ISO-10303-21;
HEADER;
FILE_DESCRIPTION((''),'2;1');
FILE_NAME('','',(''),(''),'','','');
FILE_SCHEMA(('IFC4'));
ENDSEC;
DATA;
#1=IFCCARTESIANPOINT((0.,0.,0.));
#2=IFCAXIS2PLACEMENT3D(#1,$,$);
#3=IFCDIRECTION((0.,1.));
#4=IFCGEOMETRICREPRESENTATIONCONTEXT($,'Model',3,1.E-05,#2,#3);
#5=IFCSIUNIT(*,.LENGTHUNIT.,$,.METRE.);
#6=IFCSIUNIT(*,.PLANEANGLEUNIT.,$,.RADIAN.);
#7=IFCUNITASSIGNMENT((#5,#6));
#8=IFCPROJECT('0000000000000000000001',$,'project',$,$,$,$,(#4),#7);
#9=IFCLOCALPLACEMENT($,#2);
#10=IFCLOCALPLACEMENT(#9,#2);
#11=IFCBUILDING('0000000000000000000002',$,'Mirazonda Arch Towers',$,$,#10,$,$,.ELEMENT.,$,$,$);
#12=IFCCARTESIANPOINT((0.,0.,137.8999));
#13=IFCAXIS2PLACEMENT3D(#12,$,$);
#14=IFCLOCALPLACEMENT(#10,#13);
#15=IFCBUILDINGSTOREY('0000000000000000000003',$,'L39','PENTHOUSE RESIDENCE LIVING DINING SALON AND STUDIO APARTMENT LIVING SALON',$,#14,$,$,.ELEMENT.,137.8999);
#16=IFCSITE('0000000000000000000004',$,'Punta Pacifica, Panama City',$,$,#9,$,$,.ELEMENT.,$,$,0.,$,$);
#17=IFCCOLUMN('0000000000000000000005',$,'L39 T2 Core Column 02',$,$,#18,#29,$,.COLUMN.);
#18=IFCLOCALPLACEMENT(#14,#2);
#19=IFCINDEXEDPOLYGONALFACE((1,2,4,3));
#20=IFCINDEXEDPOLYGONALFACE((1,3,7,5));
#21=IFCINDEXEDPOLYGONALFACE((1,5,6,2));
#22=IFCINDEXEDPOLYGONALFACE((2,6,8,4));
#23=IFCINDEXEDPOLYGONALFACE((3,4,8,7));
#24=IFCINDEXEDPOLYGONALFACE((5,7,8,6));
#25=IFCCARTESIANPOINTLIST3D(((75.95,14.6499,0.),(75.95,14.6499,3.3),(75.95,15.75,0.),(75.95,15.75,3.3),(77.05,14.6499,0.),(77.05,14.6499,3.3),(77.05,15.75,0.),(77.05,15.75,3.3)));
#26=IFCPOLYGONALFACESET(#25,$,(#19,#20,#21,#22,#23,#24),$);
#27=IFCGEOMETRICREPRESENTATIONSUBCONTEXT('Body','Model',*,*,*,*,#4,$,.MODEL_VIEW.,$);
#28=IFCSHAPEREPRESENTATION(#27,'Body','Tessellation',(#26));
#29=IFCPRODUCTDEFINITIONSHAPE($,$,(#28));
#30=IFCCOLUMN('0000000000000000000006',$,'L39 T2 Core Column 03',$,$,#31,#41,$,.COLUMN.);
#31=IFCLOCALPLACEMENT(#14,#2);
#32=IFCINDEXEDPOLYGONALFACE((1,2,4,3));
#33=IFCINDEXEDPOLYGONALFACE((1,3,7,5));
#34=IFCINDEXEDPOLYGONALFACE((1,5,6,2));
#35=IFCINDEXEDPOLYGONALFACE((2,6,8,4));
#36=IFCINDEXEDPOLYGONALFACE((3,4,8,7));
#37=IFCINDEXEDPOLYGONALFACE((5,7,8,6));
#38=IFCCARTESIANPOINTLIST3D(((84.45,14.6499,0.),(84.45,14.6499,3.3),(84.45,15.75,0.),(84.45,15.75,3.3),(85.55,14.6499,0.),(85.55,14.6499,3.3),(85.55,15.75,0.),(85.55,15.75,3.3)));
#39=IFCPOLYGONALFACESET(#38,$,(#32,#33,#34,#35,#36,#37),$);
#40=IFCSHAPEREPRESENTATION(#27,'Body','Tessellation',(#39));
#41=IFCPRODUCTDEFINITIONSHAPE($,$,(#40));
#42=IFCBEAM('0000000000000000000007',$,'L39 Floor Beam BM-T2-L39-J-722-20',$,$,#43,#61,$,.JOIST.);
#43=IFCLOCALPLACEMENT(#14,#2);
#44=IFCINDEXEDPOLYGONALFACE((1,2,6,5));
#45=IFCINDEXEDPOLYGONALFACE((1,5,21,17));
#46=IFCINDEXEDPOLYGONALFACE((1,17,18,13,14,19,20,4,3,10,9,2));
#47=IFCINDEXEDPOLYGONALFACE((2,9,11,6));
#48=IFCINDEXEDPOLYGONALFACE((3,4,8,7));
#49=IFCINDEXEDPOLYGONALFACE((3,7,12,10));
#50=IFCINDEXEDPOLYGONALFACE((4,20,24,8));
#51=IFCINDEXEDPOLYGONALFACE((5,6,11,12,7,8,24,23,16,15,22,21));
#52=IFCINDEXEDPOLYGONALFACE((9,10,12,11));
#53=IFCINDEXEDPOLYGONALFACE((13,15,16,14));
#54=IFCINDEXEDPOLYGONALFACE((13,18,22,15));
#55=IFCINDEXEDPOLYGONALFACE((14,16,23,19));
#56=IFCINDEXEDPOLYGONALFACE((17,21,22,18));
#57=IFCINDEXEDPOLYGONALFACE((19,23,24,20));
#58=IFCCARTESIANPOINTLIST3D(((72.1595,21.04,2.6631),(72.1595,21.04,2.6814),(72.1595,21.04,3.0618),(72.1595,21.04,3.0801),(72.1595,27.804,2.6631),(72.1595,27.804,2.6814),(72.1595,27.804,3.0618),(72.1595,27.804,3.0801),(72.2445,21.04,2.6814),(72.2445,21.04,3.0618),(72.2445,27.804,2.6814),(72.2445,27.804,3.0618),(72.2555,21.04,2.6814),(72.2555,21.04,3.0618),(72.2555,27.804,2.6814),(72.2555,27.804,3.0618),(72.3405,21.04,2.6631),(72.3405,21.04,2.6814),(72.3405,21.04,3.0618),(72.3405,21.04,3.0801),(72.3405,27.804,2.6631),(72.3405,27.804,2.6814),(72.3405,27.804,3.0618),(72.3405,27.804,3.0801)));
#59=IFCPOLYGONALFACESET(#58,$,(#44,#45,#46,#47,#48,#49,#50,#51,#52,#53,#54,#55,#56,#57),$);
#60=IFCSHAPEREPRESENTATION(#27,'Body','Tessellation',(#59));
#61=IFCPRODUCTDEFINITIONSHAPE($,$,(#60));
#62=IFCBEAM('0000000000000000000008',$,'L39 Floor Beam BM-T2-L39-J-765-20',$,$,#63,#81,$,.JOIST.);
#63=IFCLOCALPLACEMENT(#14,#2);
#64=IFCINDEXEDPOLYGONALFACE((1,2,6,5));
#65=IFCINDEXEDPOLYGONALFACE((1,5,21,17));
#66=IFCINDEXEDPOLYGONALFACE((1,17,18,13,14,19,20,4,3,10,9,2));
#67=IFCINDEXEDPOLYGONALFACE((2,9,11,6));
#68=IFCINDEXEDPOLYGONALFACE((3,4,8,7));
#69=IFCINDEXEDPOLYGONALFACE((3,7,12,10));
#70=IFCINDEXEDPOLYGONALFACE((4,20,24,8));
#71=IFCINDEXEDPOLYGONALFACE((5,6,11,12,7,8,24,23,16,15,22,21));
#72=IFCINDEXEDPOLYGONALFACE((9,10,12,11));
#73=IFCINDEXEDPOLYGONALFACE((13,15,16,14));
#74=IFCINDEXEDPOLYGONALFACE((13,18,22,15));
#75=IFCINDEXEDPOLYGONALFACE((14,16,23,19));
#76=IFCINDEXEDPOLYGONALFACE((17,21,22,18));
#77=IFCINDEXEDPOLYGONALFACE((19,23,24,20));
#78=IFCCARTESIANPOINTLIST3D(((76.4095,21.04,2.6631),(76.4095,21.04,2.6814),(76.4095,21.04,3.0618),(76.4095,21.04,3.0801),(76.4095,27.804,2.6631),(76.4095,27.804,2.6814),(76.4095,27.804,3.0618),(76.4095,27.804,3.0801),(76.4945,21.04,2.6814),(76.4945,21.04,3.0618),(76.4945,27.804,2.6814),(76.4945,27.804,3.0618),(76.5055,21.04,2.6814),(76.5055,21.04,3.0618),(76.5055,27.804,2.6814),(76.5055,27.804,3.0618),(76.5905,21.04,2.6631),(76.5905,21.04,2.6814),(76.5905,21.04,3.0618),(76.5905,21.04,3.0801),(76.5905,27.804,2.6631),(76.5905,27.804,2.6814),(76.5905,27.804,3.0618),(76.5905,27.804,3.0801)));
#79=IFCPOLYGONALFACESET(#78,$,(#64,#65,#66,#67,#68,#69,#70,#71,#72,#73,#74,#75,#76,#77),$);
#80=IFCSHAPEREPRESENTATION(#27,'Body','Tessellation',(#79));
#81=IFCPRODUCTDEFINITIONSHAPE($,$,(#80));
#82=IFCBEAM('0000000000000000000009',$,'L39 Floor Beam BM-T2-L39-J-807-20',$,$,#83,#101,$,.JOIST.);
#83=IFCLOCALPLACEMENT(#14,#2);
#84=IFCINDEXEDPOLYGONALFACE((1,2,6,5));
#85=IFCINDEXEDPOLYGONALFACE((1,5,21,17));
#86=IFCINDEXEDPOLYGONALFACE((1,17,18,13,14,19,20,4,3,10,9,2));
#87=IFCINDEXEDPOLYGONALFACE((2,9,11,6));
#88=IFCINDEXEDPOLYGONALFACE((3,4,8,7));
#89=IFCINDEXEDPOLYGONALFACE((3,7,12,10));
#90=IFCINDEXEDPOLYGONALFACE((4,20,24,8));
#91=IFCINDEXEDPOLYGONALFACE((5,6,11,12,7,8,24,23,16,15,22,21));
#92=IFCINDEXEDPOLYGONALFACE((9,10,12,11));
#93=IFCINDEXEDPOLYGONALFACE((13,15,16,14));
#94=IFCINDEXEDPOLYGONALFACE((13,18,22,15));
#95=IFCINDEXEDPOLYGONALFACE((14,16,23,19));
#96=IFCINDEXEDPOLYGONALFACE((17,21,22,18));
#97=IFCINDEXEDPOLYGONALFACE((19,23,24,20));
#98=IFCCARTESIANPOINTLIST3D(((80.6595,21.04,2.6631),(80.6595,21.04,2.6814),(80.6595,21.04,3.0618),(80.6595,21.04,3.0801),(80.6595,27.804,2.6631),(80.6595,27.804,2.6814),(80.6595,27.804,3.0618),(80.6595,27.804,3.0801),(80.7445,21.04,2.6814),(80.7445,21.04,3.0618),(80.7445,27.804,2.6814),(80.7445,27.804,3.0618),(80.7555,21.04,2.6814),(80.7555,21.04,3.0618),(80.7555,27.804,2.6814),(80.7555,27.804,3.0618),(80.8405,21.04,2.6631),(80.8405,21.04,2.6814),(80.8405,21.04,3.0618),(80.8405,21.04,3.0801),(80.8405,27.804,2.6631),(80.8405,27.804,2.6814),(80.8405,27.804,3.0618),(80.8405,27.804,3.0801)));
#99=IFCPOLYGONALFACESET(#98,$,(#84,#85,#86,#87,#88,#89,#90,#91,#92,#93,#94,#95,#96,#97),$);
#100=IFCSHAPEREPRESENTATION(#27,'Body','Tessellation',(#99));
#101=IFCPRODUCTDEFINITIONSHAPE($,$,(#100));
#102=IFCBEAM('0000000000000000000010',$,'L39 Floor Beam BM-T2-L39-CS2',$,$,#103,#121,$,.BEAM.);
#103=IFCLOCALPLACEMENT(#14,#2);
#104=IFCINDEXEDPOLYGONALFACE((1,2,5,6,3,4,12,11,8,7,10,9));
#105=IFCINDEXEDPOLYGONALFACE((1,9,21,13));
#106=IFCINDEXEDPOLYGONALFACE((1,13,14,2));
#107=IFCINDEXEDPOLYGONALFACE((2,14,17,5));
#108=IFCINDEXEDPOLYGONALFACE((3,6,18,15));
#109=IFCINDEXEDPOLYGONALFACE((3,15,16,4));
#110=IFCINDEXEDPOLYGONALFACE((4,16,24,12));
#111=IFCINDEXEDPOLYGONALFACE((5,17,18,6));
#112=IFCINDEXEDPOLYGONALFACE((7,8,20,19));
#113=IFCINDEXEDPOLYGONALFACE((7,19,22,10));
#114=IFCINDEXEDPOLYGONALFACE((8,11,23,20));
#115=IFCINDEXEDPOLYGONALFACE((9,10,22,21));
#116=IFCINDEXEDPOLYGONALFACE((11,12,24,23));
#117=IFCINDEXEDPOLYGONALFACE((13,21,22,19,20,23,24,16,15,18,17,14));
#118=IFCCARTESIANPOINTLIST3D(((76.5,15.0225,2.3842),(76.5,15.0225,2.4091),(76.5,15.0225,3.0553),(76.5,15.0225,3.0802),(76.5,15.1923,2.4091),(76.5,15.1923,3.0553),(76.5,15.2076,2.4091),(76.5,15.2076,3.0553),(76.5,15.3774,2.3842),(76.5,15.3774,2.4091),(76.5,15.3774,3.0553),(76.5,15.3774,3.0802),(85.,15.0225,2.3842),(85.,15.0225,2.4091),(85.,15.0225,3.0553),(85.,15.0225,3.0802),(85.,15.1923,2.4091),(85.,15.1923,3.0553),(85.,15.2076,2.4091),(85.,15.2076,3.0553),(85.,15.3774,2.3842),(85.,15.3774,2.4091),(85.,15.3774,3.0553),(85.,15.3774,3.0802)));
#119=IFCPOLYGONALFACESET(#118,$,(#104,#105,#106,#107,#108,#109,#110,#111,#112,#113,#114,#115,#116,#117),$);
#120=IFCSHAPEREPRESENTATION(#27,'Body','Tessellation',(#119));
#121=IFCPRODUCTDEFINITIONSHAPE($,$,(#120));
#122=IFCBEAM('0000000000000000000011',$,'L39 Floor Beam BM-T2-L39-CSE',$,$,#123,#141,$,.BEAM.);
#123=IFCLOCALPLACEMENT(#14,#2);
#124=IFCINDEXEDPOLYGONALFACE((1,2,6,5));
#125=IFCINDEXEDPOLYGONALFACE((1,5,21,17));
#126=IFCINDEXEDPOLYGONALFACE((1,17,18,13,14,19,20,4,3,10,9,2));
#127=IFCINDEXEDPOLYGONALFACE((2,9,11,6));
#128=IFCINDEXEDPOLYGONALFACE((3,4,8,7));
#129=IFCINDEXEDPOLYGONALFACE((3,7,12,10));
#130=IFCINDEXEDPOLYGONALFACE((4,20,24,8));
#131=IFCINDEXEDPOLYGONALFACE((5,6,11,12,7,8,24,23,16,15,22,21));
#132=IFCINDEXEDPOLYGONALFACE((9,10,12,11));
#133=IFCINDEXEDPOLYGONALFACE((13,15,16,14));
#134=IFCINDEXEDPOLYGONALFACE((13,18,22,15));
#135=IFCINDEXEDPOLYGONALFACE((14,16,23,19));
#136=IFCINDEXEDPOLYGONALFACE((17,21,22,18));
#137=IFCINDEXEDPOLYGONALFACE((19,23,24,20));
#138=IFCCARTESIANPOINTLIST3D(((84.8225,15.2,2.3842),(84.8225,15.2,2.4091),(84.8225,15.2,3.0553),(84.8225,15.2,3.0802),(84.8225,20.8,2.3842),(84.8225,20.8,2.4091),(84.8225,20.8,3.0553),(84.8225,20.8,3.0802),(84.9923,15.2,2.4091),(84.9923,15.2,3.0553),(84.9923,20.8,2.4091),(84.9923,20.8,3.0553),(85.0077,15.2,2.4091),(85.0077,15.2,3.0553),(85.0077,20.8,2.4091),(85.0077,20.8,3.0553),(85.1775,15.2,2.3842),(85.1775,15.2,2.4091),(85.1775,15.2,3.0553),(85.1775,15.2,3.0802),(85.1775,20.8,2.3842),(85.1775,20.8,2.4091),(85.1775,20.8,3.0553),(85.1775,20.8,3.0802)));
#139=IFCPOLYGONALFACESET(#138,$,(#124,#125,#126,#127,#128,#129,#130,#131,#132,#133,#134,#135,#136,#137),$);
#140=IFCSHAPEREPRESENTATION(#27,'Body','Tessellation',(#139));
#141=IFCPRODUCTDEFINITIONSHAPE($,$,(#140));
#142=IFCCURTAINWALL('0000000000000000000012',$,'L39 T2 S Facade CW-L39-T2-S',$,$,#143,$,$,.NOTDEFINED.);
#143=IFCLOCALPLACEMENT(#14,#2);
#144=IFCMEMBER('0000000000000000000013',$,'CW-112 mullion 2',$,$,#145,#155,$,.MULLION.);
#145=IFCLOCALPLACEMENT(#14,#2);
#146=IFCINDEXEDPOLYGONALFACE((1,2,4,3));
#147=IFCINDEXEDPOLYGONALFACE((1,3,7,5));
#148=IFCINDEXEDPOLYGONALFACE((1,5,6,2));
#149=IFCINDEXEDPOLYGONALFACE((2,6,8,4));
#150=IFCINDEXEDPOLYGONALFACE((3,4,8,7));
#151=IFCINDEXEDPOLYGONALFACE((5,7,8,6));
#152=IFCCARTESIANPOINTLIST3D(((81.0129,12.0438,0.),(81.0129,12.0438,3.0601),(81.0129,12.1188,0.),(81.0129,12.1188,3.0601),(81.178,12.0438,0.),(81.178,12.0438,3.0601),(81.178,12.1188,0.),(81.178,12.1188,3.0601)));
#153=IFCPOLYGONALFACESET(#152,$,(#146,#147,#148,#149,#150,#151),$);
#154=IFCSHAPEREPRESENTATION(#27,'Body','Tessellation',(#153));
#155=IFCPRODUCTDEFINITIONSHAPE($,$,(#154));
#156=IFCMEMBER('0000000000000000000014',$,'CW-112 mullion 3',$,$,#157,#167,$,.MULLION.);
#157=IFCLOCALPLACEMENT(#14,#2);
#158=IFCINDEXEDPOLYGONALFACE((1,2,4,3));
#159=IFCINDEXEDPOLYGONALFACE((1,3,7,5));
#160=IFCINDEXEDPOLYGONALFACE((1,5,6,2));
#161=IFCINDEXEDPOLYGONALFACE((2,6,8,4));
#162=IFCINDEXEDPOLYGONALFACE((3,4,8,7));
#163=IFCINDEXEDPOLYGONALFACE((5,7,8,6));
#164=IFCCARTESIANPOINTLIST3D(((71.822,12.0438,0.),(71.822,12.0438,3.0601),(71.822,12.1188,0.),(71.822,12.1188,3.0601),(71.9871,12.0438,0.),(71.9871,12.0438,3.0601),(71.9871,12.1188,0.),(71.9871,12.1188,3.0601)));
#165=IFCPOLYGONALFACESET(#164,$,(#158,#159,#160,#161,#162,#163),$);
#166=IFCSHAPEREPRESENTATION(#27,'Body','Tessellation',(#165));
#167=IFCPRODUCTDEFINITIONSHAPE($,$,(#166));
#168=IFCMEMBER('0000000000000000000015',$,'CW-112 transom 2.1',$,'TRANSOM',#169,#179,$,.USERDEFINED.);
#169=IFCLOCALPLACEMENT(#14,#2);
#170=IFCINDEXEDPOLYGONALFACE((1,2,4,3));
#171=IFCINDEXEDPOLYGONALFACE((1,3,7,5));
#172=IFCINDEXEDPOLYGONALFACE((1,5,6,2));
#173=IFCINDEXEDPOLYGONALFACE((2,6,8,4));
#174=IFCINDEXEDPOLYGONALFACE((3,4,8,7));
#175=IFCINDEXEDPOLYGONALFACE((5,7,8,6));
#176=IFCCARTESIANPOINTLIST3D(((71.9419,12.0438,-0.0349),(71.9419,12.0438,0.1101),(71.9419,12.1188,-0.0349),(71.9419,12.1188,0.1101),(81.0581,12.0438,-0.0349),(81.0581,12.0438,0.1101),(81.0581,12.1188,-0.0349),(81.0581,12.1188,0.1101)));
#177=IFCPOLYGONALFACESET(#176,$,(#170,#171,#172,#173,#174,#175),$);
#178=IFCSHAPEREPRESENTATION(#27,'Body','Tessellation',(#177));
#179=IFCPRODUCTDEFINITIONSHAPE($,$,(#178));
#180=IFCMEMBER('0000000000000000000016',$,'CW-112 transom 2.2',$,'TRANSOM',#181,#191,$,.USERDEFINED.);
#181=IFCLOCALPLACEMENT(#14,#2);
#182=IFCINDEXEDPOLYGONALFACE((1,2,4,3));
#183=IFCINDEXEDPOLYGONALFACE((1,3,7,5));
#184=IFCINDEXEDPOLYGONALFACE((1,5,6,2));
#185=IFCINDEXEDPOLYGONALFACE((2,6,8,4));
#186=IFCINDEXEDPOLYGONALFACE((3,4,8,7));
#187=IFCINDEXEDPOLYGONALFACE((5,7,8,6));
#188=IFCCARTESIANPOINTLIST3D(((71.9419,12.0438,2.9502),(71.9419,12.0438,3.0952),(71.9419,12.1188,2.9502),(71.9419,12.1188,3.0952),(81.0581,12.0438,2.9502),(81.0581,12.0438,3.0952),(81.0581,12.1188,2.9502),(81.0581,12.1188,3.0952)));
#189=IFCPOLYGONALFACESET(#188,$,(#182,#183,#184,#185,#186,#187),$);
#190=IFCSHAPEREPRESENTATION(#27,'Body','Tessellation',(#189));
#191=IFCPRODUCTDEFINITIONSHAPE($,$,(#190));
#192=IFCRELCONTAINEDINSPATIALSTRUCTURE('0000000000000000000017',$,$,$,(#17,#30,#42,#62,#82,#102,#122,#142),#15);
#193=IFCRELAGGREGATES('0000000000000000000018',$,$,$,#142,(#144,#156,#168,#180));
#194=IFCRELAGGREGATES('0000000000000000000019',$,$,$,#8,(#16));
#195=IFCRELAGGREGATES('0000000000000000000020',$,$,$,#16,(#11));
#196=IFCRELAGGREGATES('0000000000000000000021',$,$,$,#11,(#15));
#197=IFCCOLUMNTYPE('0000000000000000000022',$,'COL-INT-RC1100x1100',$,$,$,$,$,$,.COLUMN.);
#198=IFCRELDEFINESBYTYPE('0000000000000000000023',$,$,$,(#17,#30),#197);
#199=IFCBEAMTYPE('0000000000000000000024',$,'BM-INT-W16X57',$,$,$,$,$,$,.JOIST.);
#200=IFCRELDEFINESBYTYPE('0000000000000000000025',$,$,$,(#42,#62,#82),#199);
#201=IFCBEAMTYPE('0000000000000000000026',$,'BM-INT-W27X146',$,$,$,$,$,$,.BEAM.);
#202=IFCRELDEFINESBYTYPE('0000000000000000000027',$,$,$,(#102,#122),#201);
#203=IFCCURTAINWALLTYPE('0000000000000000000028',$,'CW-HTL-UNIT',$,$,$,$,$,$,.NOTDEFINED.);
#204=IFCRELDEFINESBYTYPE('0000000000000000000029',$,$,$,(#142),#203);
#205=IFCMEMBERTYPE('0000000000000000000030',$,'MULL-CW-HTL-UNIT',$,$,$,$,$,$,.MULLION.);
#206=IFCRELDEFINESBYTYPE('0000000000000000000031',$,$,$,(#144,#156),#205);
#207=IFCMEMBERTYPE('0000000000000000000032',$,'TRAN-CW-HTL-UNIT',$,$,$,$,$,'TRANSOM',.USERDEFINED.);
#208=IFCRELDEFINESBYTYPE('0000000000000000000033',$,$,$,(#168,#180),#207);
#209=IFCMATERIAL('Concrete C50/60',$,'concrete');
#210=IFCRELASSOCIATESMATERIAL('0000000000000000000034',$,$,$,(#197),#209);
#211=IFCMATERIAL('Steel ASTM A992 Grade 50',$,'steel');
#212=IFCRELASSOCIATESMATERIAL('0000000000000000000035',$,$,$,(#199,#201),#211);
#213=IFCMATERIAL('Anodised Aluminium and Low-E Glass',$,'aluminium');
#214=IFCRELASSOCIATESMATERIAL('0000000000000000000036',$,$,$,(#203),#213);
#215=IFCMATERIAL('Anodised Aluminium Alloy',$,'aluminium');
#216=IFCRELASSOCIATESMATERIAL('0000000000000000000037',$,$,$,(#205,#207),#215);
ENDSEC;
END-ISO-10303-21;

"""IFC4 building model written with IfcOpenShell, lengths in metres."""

from ifc_helpers import new_model, si_unit, direction, frame, origin, origin_2d, place, context, subcontext, project, spatial, rectangle, i_section, extrude, material, material_profile, profile_set, type_object, element, aggregate, save


model = new_model("IFC4")

# Units and contexts
model_context = context("Model", 3, precision=1e-05, world=origin(), true_north=direction((0.0, 1.0)))
body_context = subcontext(model_context, "Body", "Model", "MODEL_VIEW")
ifc_project = project(units=[si_unit("LENGTHUNIT", "METRE"), si_unit("PLANEANGLEUNIT", "RADIAN")], contexts=[model_context])

# Site, building, storey
site_placement = place(None, origin())
site = spatial("IfcSite", under=ifc_project, at=site_placement, Name="Punta Pacifica, Panama City", CompositionType="ELEMENT", RefElevation=0.0)
building_placement = place(site_placement, origin())
building = spatial("IfcBuilding", under=site, at=building_placement, Name="Mirazonda Arch Towers", CompositionType="ELEMENT")
storey_placement = place(building_placement, frame((0.0, 0.0, 137.8999)))
storey = spatial("IfcBuildingStorey", under=building, at=storey_placement, Name="L39", Description="PENTHOUSE RESIDENCE LIVING DINING SALON AND STUDIO APARTMENT LIVING SALON", CompositionType="ELEMENT", Elevation=137.8999)

# Columns
ifc_material_1 = material(Name="Concrete C50/60", Category="concrete")
ifc_material_profile_1 = material_profile(ifc_material_1, rectangle(XDim=1.1001, YDim=1.1001, at=origin_2d()), Name="RC1100x1100")
ifc_profile_set_1 = profile_set([ifc_material_profile_1], Name="Concrete C50/60")
column_type = type_object("IfcColumnType", Name="COL-INT-RC1100x1100", PredefinedType="COLUMN", material=ifc_profile_set_1)
for number, where, z_axis, x_axis, name in (
    (1, (76.5, 15.2, 0.0), (0.0, 0.0, 1.0), (1.0, 0.0, 0.0), "L39 T2 Core Column 02"),
    (2, (85.0, 15.2, 0.0), (0.0, 0.0, 1.0), (1.0, 0.0, 0.0), "L39 T2 Core Column 03"),
):
    element("IfcColumn", number, at=place(storey_placement, frame(where, z_axis=z_axis, x_axis=x_axis)), inside=storey, type_object=column_type, Name=name, PredefinedType="COLUMN", context=body_context, shape_type="SweptSolid", body=[
        extrude(rectangle(XDim=1.1001, YDim=1.1001, at=origin_2d()), origin(), (0.0, 0.0, 1.0), 3.3),
    ])

# Beams
ifc_material_2 = material(Name="Steel ASTM A992 Grade 50", Category="steel")
ifc_material_profile_2 = material_profile(ifc_material_2, i_section(OverallWidth=0.1809, OverallDepth=0.417, WebThickness=0.011, FlangeThickness=0.0183, at=origin_2d()), Name="W16X57")
ifc_profile_set_2 = profile_set([ifc_material_profile_2], Name="Steel ASTM A992 Grade 50")
beam_type_1 = type_object("IfcBeamType", Name="BM-INT-W16X57", PredefinedType="JOIST", material=ifc_profile_set_2)
for number, where, z_axis, x_axis, name in (
    (3, (72.25, 21.04, 2.8716), (0.0, 1.0, 0.0), (-1.0, 0.0, 0.0), "L39 Floor Beam BM-T2-L39-J-722-20"),
    (4, (76.5, 21.04, 2.8716), (0.0, 1.0, 0.0), (-1.0, 0.0, 0.0), "L39 Floor Beam BM-T2-L39-J-765-20"),
    (5, (80.75, 21.04, 2.8716), (0.0, 1.0, 0.0), (-1.0, 0.0, 0.0), "L39 Floor Beam BM-T2-L39-J-807-20"),
):
    element("IfcBeam", number, at=place(storey_placement, frame(where, z_axis=z_axis, x_axis=x_axis)), inside=storey, type_object=beam_type_1, Name=name, PredefinedType="JOIST", context=body_context, shape_type="SweptSolid", body=[
        extrude(i_section(OverallWidth=0.1809, OverallDepth=0.417, WebThickness=0.011, FlangeThickness=0.0183, at=origin_2d()), origin(), (0.0, 0.0, 1.0), 6.7639),
    ])
ifc_material_profile_3 = material_profile(ifc_material_2, i_section(OverallWidth=0.355, OverallDepth=0.696, WebThickness=0.0154, FlangeThickness=0.0249, at=origin_2d()), Name="W27X146")
ifc_profile_set_3 = profile_set([ifc_material_profile_3], Name="Steel ASTM A992 Grade 50")
beam_type_2 = type_object("IfcBeamType", Name="BM-INT-W27X146", PredefinedType="BEAM", material=ifc_profile_set_3)
beam_1_placement = place(storey_placement, frame((76.5, 15.2, 2.7322), z_axis=(1.0, 0.0, 0.0), x_axis=(0.0, 1.0, 0.0)))
element("IfcBeam", 6, at=beam_1_placement, inside=storey, type_object=beam_type_2, Name="L39 Floor Beam BM-T2-L39-CS2", PredefinedType="BEAM", context=body_context, shape_type="SweptSolid", body=[
    extrude(i_section(OverallWidth=0.355, OverallDepth=0.696, WebThickness=0.0154, FlangeThickness=0.0249, at=origin_2d()), origin(), (0.0, 0.0, 1.0), 8.5),
])
beam_2_placement = place(storey_placement, frame((85.0, 15.2, 2.7322), z_axis=(0.0, 1.0, 0.0), x_axis=(-1.0, 0.0, 0.0)))
element("IfcBeam", 7, at=beam_2_placement, inside=storey, type_object=beam_type_2, Name="L39 Floor Beam BM-T2-L39-CSE", PredefinedType="BEAM", context=body_context, shape_type="SweptSolid", body=[
    extrude(i_section(OverallWidth=0.355, OverallDepth=0.696, WebThickness=0.0154, FlangeThickness=0.0249, at=origin_2d()), origin(), (0.0, 0.0, 1.0), 5.6001),
])

# Curtain wall, members
ifc_material_3 = material(Name="Anodised Aluminium and Low-E Glass", Category="aluminium")
curtain_wall_type = type_object("IfcCurtainWallType", Name="CW-HTL-UNIT", PredefinedType="NOTDEFINED", material=ifc_material_3)
curtain_wall_placement = place(storey_placement, origin())
curtain_wall = element("IfcCurtainWall", 8, at=curtain_wall_placement, inside=storey, type_object=curtain_wall_type, Name="L39 T2 S Facade CW-L39-T2-S", PredefinedType="NOTDEFINED")
ifc_material_4 = material(Name="Anodised Aluminium Alloy", Category="aluminium")
ifc_material_profile_4 = material_profile(ifc_material_4, rectangle(XDim=0.075, YDim=0.165, at=origin_2d()), Name="ALU-MULL-75x165")
ifc_profile_set_4 = profile_set([ifc_material_profile_4], Name="Anodised Aluminium Alloy")
member_type_1 = type_object("IfcMemberType", Name="MULL-CW-HTL-UNIT", PredefinedType="MULLION", material=ifc_profile_set_4)
member_1_placement = place(storey_placement, frame((81.0955, 12.0813, 0.0), z_axis=(0.0, 0.0, 1.0), x_axis=(0.0, -1.0, 0.0)))
member_1 = element("IfcMember", 9, at=member_1_placement, type_object=member_type_1, Name="CW-112 mullion 2", PredefinedType="MULLION", context=body_context, shape_type="SweptSolid", body=[
    extrude(rectangle(XDim=0.075, YDim=0.165, at=origin_2d()), origin(), (0.0, 0.0, 1.0), 3.0601),
])
member_2_placement = place(storey_placement, frame((71.9045, 12.0813, 0.0), z_axis=(0.0, 0.0, 1.0), x_axis=(0.0, -1.0, 0.0)))
member_2 = element("IfcMember", 10, at=member_2_placement, type_object=member_type_1, Name="CW-112 mullion 3", PredefinedType="MULLION", context=body_context, shape_type="SweptSolid", body=[
    extrude(rectangle(XDim=0.075, YDim=0.165, at=origin_2d()), origin(), (0.0, 0.0, 1.0), 3.0601),
])
ifc_material_profile_5 = material_profile(ifc_material_4, rectangle(XDim=0.075, YDim=0.145, at=origin_2d()), Name="ALU-TRAN-75x145")
ifc_profile_set_5 = profile_set([ifc_material_profile_5], Name="Anodised Aluminium Alloy")
member_type_2 = type_object("IfcMemberType", Name="TRAN-CW-HTL-UNIT", ElementType="TRANSOM", PredefinedType="USERDEFINED", material=ifc_profile_set_5)
member_3_placement = place(storey_placement, frame((81.0581, 12.0813, 0.0376), z_axis=(-1.0, 0.0, 0.0), x_axis=(0.0, -1.0, 0.0)))
member_3 = element("IfcMember", 11, at=member_3_placement, type_object=member_type_2, Name="CW-112 transom 2.1", ObjectType="TRANSOM", PredefinedType="USERDEFINED", context=body_context, shape_type="SweptSolid", body=[
    extrude(rectangle(XDim=0.075, YDim=0.145, at=origin_2d()), origin(), (0.0, 0.0, 1.0), 9.1162),
])
member_4_placement = place(storey_placement, frame((81.0581, 12.0813, 3.0227), z_axis=(-1.0, 0.0, 0.0), x_axis=(0.0, -1.0, 0.0)))
member_4 = element("IfcMember", 12, at=member_4_placement, type_object=member_type_2, Name="CW-112 transom 2.2", ObjectType="TRANSOM", PredefinedType="USERDEFINED", context=body_context, shape_type="SweptSolid", body=[
    extrude(rectangle(XDim=0.075, YDim=0.145, at=origin_2d()), origin(), (0.0, 0.0, 1.0), 9.1162),
])
aggregate(curtain_wall, [member_1, member_2, member_3, member_4])

save(model, "model.ifc")
